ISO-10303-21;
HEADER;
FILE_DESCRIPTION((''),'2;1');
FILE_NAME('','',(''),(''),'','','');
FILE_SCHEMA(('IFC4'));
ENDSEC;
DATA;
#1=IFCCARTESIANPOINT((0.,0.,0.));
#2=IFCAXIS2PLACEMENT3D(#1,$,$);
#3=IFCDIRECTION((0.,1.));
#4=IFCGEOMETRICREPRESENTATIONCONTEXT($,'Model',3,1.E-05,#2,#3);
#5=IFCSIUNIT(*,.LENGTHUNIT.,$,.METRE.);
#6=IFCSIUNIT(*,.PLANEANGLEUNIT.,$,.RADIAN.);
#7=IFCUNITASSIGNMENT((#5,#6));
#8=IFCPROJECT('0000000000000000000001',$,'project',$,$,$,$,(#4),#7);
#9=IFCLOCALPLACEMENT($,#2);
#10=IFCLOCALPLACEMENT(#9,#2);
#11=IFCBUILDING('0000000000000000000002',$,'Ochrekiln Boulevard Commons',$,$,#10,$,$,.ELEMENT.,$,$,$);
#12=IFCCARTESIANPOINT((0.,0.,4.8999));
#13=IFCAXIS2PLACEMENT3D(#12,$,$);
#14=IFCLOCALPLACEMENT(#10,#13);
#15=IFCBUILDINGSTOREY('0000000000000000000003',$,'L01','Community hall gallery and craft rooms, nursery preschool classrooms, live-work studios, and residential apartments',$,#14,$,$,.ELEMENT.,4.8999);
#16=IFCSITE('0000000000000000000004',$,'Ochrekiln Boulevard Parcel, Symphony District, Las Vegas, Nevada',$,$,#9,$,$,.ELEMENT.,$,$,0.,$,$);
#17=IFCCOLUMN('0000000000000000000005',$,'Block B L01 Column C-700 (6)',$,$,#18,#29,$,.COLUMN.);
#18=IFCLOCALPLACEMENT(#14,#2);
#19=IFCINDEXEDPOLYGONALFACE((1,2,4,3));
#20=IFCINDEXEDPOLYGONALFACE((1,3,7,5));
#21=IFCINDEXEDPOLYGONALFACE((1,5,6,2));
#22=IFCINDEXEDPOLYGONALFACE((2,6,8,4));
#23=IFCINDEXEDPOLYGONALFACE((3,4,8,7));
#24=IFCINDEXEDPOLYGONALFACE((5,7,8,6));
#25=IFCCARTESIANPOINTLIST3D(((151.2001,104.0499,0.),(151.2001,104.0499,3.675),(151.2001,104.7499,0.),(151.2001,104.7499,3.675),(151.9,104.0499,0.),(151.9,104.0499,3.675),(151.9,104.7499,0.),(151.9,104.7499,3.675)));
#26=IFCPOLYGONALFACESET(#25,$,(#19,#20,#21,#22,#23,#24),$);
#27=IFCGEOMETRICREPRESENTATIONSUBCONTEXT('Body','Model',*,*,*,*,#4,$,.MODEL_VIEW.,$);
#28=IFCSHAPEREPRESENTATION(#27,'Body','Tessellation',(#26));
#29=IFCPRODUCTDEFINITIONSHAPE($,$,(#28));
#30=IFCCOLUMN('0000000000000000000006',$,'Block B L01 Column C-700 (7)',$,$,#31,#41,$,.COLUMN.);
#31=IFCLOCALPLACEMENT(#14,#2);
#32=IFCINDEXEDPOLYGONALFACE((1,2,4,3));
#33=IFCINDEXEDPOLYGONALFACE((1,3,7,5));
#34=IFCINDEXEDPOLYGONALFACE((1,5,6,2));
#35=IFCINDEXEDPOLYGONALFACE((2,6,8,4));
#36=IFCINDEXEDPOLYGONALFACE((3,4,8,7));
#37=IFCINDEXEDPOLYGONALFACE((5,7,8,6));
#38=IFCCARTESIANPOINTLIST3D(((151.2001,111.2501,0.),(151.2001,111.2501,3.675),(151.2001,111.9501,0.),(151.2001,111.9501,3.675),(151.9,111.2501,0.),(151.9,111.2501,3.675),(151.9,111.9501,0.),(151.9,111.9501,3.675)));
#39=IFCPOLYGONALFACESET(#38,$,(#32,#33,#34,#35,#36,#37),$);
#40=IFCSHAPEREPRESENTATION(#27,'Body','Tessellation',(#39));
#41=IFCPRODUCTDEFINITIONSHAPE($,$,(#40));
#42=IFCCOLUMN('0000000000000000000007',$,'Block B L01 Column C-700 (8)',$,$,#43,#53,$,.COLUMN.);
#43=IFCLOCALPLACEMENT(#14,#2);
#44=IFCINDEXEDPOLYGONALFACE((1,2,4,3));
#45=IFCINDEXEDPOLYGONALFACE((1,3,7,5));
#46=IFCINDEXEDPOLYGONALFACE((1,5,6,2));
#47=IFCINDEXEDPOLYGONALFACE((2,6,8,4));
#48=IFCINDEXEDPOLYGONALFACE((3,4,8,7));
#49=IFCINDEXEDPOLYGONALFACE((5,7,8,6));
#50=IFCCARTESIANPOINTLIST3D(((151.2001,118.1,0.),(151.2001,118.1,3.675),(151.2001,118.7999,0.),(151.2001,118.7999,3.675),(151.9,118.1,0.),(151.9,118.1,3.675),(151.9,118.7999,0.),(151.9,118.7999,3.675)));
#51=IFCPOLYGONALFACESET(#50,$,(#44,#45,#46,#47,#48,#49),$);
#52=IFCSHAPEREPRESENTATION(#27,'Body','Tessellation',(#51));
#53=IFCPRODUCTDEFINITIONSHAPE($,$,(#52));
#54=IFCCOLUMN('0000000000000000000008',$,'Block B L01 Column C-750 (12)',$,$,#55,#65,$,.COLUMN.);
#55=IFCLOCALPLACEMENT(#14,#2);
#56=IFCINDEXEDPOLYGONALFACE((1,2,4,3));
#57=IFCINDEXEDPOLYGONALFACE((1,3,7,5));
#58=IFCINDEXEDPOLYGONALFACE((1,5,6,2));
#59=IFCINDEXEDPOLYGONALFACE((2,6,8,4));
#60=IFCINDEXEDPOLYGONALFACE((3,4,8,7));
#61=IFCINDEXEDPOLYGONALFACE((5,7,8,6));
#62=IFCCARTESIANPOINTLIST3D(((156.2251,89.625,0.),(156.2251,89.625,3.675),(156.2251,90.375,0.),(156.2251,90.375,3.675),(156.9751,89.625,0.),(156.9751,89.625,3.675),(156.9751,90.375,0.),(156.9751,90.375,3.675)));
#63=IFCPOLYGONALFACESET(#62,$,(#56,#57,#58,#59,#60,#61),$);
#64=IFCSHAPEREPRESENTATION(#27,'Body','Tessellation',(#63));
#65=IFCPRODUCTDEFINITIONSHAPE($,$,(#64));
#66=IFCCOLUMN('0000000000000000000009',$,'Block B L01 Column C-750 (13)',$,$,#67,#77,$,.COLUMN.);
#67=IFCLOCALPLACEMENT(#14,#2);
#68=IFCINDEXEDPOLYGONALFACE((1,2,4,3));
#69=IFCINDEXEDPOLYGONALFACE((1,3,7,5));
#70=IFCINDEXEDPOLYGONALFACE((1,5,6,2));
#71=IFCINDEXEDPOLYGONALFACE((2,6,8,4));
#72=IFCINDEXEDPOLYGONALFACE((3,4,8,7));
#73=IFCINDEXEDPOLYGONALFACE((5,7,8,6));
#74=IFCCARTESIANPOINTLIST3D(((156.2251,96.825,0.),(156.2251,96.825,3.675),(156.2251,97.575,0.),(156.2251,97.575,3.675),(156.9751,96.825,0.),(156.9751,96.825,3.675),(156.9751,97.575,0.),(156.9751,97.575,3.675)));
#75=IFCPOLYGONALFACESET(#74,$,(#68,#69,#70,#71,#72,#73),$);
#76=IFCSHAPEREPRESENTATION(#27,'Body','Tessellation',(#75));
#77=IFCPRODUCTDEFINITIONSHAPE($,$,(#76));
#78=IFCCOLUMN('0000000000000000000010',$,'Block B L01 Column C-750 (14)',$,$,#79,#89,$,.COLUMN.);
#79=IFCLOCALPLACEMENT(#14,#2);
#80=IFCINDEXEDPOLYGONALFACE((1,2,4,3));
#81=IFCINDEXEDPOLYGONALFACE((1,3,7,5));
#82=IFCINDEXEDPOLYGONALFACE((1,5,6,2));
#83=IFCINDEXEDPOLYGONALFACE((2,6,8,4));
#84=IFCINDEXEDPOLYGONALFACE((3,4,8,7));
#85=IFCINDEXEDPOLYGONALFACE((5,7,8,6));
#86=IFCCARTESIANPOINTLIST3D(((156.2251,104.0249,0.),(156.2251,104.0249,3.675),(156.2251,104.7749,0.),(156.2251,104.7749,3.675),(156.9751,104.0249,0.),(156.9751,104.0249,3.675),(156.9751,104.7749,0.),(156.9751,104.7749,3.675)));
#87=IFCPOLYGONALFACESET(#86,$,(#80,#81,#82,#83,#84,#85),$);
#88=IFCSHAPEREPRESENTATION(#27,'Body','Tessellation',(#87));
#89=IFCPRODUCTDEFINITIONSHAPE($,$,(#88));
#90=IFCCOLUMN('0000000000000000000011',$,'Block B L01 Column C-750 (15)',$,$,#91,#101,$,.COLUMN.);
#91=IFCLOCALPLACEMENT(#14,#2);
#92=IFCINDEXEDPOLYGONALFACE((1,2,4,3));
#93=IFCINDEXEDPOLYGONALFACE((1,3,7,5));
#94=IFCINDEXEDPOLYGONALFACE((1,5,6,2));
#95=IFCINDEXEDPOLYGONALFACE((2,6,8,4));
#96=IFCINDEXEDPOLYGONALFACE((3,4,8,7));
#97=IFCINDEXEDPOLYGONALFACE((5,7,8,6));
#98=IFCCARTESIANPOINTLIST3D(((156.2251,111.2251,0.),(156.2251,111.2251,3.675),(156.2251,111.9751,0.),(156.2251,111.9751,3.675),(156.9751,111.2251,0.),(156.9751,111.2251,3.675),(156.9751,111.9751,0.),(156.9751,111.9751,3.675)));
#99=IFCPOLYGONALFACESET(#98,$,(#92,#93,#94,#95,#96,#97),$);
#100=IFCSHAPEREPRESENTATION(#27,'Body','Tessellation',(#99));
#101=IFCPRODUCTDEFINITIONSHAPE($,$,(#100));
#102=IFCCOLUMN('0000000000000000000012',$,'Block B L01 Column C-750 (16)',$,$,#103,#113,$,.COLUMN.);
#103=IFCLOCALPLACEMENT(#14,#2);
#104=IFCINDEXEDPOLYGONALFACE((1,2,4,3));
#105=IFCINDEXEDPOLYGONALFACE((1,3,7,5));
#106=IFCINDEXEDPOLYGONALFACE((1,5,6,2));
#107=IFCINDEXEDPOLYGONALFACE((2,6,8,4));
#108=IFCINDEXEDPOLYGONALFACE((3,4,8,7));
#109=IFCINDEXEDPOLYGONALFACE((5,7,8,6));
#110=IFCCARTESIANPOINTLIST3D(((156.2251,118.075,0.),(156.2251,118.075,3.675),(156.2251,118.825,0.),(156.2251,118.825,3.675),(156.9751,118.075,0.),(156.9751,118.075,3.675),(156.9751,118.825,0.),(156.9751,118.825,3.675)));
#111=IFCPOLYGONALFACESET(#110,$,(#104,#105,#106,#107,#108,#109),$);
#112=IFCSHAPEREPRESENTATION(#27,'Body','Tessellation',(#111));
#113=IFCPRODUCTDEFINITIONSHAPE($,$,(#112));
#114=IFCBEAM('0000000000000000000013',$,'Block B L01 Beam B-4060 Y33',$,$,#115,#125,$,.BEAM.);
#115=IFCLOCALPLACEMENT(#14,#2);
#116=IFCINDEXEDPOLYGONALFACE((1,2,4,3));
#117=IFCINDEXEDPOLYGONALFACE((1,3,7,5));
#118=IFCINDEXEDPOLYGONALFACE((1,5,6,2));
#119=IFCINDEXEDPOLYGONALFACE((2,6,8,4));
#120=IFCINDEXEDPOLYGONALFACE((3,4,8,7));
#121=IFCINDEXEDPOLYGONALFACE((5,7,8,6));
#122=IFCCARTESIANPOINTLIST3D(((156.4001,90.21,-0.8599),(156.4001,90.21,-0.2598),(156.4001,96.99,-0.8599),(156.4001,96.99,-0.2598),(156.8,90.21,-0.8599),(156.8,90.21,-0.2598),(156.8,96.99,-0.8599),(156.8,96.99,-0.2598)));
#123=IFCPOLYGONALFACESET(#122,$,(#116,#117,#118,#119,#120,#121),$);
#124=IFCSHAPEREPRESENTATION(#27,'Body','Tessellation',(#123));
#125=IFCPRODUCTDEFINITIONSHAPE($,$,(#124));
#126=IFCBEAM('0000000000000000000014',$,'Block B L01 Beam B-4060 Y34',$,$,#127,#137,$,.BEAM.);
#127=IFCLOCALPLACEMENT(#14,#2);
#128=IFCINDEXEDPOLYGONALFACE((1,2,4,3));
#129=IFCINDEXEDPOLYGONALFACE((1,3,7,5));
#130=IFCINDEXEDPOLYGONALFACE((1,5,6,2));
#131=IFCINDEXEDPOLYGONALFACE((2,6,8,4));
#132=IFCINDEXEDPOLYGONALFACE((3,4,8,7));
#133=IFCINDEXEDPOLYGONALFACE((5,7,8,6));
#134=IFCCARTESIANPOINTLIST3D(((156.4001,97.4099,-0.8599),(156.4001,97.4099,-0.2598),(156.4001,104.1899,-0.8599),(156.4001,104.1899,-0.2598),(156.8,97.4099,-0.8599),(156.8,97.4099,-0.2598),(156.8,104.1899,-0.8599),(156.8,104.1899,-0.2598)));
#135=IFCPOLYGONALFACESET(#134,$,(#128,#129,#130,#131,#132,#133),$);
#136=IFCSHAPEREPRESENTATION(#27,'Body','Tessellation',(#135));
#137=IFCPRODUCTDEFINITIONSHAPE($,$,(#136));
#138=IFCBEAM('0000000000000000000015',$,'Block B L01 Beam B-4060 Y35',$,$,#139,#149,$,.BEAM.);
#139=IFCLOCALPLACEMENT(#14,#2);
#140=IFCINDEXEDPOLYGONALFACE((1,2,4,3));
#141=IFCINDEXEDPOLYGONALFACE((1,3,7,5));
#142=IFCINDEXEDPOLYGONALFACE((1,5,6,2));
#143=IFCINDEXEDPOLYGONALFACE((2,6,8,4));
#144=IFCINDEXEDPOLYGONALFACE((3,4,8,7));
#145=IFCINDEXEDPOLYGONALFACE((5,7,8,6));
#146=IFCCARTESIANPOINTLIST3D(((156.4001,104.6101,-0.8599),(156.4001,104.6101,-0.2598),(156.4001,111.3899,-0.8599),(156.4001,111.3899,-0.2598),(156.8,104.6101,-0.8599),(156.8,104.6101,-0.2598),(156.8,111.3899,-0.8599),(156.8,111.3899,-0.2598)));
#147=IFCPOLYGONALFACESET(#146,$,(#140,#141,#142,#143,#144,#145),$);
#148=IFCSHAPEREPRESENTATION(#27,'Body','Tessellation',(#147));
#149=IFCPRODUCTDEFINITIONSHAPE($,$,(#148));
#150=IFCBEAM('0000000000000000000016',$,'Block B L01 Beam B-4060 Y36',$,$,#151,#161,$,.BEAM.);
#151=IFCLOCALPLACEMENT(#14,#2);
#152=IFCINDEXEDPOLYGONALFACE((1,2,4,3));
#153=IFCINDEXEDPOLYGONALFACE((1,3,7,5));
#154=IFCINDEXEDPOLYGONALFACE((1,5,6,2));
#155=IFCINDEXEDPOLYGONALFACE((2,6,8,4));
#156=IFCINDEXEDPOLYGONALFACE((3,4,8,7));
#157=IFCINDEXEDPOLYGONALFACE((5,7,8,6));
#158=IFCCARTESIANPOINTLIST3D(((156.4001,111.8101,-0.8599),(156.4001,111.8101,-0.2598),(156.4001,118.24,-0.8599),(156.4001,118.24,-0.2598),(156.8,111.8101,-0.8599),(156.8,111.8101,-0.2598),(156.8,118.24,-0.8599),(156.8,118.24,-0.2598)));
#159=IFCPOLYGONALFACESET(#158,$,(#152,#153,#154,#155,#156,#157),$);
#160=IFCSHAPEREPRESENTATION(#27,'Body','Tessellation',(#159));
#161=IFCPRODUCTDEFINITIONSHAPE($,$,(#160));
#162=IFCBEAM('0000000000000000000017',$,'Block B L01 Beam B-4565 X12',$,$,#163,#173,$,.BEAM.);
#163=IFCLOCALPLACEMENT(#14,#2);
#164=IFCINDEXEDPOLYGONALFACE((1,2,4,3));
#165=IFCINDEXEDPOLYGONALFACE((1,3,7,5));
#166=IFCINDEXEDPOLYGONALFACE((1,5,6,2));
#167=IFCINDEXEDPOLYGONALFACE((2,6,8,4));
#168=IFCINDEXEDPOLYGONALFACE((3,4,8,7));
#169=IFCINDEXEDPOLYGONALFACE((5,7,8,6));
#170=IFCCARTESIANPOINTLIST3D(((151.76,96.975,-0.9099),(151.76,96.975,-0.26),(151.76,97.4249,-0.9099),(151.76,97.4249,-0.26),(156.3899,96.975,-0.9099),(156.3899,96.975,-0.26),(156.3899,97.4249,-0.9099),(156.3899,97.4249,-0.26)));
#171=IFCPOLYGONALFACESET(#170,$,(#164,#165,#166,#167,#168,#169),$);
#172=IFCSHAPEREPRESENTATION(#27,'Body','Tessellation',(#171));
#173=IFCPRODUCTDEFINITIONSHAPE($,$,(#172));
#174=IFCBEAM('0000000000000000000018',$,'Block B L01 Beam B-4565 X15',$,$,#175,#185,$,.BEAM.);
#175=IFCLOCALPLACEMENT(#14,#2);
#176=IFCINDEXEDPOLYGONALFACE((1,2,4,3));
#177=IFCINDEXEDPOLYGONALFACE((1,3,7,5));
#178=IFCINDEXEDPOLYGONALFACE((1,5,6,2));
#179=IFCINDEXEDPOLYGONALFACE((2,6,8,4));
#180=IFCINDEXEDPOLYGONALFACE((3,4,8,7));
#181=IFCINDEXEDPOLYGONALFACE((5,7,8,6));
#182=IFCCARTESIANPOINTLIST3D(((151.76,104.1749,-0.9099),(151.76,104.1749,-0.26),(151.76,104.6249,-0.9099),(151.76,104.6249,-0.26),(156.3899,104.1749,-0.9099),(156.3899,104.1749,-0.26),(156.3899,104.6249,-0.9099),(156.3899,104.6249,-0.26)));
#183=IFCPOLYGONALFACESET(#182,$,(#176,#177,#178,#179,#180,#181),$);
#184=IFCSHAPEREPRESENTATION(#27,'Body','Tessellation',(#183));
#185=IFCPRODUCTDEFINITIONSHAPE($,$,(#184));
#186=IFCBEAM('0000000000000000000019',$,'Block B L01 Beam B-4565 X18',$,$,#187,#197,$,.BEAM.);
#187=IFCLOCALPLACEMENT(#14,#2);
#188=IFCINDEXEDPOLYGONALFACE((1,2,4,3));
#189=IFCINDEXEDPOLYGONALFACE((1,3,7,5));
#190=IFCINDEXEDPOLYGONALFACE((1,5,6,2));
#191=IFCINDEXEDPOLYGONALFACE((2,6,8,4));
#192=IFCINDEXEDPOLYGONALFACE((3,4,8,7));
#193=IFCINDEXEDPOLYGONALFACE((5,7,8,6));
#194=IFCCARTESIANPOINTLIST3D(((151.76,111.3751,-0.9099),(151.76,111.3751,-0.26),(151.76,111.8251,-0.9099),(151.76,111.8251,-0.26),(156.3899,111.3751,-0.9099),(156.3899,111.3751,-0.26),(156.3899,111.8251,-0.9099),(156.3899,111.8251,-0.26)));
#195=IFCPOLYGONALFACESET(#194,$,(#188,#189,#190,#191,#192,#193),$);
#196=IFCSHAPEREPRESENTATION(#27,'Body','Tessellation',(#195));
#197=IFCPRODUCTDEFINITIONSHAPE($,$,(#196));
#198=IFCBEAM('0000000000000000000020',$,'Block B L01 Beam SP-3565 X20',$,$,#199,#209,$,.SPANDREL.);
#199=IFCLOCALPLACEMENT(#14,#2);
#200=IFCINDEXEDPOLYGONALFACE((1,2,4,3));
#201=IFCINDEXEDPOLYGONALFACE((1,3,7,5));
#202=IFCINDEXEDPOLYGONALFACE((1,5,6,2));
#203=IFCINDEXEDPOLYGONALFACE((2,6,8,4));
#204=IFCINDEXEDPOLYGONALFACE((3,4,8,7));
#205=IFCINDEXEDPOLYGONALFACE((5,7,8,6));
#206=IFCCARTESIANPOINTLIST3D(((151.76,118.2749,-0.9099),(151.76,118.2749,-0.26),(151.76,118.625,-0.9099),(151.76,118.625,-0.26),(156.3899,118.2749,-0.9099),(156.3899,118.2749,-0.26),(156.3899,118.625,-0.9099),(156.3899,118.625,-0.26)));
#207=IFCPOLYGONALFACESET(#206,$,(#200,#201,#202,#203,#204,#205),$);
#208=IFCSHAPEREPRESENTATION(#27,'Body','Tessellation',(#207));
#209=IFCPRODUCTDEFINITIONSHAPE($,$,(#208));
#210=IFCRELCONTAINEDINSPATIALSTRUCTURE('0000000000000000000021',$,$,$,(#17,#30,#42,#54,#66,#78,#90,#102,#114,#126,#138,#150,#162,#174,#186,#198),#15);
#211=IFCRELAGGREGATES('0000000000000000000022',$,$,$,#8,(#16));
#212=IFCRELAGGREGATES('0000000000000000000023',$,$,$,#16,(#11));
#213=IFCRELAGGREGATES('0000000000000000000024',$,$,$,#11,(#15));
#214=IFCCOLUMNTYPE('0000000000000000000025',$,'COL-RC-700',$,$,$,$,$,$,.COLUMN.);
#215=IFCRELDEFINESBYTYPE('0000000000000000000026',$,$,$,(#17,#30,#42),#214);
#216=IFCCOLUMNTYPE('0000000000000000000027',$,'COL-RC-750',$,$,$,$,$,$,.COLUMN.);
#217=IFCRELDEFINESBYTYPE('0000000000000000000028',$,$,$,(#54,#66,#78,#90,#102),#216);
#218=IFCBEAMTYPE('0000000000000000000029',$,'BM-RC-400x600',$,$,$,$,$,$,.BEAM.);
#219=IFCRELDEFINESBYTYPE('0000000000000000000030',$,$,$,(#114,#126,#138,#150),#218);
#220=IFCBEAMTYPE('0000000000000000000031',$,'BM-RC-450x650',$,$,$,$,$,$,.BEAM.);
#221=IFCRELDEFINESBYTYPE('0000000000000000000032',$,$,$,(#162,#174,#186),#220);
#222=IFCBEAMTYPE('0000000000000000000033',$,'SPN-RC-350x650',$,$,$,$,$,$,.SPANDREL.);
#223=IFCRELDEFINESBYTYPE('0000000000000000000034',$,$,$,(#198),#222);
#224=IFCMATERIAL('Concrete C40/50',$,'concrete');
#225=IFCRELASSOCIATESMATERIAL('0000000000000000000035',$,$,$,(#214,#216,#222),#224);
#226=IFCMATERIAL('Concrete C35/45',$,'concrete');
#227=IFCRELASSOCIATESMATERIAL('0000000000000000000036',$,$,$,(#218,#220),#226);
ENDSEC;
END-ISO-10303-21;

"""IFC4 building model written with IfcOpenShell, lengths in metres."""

from ifc_helpers import new_model, si_unit, direction, frame, origin, origin_2d, place, context, subcontext, project, spatial, rectangle, extrude, material, material_profile, profile_set, type_object, element, save


model = new_model("IFC4")

# Units and contexts
model_context = context("Model", 3, precision=1e-05, world=origin(), true_north=direction((0.0, 1.0)))
body_context = subcontext(model_context, "Body", "Model", "MODEL_VIEW")
ifc_project = project(units=[si_unit("LENGTHUNIT", "METRE"), si_unit("PLANEANGLEUNIT", "RADIAN")], contexts=[model_context])

# Site, building, storey
site_placement = place(None, origin())
site = spatial("IfcSite", under=ifc_project, at=site_placement, Name="Ochrekiln Boulevard Parcel, Symphony District, Las Vegas, Nevada", CompositionType="ELEMENT", RefElevation=0.0)
building_placement = place(site_placement, origin())
building = spatial("IfcBuilding", under=site, at=building_placement, Name="Ochrekiln Boulevard Commons", CompositionType="ELEMENT")
storey_placement = place(building_placement, frame((0.0, 0.0, 4.8999)))
storey = spatial("IfcBuildingStorey", under=building, at=storey_placement, Name="L01", Description="Community hall gallery and craft rooms, nursery preschool classrooms, live-work studios, and residential apartments", CompositionType="ELEMENT", Elevation=4.8999)

# Columns
ifc_material_1 = material(Name="Concrete C40/50", Category="concrete")
ifc_material_profile_1 = material_profile(ifc_material_1, rectangle(XDim=0.7, YDim=0.7, at=origin_2d()), Name="RC-COL-700x700")
ifc_profile_set_1 = profile_set([ifc_material_profile_1], Name="Concrete C40/50")
column_type_1 = type_object("IfcColumnType", Name="COL-RC-700", PredefinedType="COLUMN", material=ifc_profile_set_1)
for number, where, z_axis, x_axis, name in (
    (1, (151.55, 104.3999, 0.0), (0.0, 0.0, 1.0), (1.0, 0.0, 0.0), "Block B L01 Column C-700 (6)"),
    (2, (151.55, 111.6001, 0.0), (0.0, 0.0, 1.0), (1.0, 0.0, 0.0), "Block B L01 Column C-700 (7)"),
    (3, (151.55, 118.45, 0.0), (0.0, 0.0, 1.0), (1.0, 0.0, 0.0), "Block B L01 Column C-700 (8)"),
):
    element("IfcColumn", number, at=place(storey_placement, frame(where, z_axis=z_axis, x_axis=x_axis)), inside=storey, type_object=column_type_1, Name=name, PredefinedType="COLUMN", context=body_context, shape_type="SweptSolid", body=[
        extrude(rectangle(XDim=0.7, YDim=0.7, at=origin_2d()), origin(), (0.0, 0.0, 1.0), 3.675),
    ])
ifc_material_profile_2 = material_profile(ifc_material_1, rectangle(XDim=0.75, YDim=0.75, at=origin_2d()), Name="RC-COL-750x750")
ifc_profile_set_2 = profile_set([ifc_material_profile_2], Name="Concrete C40/50")
column_type_2 = type_object("IfcColumnType", Name="COL-RC-750", PredefinedType="COLUMN", material=ifc_profile_set_2)
for number, where, z_axis, x_axis, name in (
    (4, (156.6001, 90.0, 0.0), (0.0, 0.0, 1.0), (1.0, 0.0, 0.0), "Block B L01 Column C-750 (12)"),
    (5, (156.6001, 97.2, 0.0), (0.0, 0.0, 1.0), (1.0, 0.0, 0.0), "Block B L01 Column C-750 (13)"),
    (6, (156.6001, 104.3999, 0.0), (0.0, 0.0, 1.0), (1.0, 0.0, 0.0), "Block B L01 Column C-750 (14)"),
    (7, (156.6001, 111.6001, 0.0), (0.0, 0.0, 1.0), (1.0, 0.0, 0.0), "Block B L01 Column C-750 (15)"),
    (8, (156.6001, 118.45, 0.0), (0.0, 0.0, 1.0), (1.0, 0.0, 0.0), "Block B L01 Column C-750 (16)"),
):
    element("IfcColumn", number, at=place(storey_placement, frame(where, z_axis=z_axis, x_axis=x_axis)), inside=storey, type_object=column_type_2, Name=name, PredefinedType="COLUMN", context=body_context, shape_type="SweptSolid", body=[
        extrude(rectangle(XDim=0.75, YDim=0.75, at=origin_2d()), origin(), (0.0, 0.0, 1.0), 3.675),
    ])

# Beams
ifc_material_2 = material(Name="Concrete C35/45", Category="concrete")
ifc_material_profile_3 = material_profile(ifc_material_2, rectangle(XDim=0.3999, YDim=0.6001, at=origin_2d()), Name="RC-BM-400x600")
ifc_profile_set_3 = profile_set([ifc_material_profile_3], Name="Concrete C35/45")
beam_type_1 = type_object("IfcBeamType", Name="BM-RC-400x600", PredefinedType="BEAM", material=ifc_profile_set_3)
for number, where, z_axis, x_axis, name in (
    (9, (156.6001, 90.21, -0.5598), (0.0, 1.0, 0.0), (-1.0, 0.0, 0.0), "Block B L01 Beam B-4060 Y33"),
    (10, (156.6001, 97.4099, -0.5598), (0.0, 1.0, 0.0), (-1.0, 0.0, 0.0), "Block B L01 Beam B-4060 Y34"),
):
    element("IfcBeam", number, at=place(storey_placement, frame(where, z_axis=z_axis, x_axis=x_axis)), inside=storey, type_object=beam_type_1, Name=name, PredefinedType="BEAM", context=body_context, shape_type="SweptSolid", body=[
        extrude(rectangle(XDim=0.3999, YDim=0.6001, at=origin_2d()), origin(), (0.0, 0.0, 1.0), 6.78),
    ])
beam_1_placement = place(storey_placement, frame((156.6001, 104.6101, -0.5598), z_axis=(0.0, 1.0, 0.0), x_axis=(-1.0, 0.0, 0.0)))
element("IfcBeam", 11, at=beam_1_placement, inside=storey, type_object=beam_type_1, Name="Block B L01 Beam B-4060 Y35", PredefinedType="BEAM", context=body_context, shape_type="SweptSolid", body=[
    extrude(rectangle(XDim=0.3999, YDim=0.6001, at=origin_2d()), origin(), (0.0, 0.0, 1.0), 6.7798),
])
beam_2_placement = place(storey_placement, frame((156.6001, 111.8101, -0.5598), z_axis=(0.0, 1.0, 0.0), x_axis=(-1.0, 0.0, 0.0)))
element("IfcBeam", 12, at=beam_2_placement, inside=storey, type_object=beam_type_1, Name="Block B L01 Beam B-4060 Y36", PredefinedType="BEAM", context=body_context, shape_type="SweptSolid", body=[
    extrude(rectangle(XDim=0.3999, YDim=0.6001, at=origin_2d()), origin(), (0.0, 0.0, 1.0), 6.4299),
])
ifc_material_profile_4 = material_profile(ifc_material_2, rectangle(XDim=0.45, YDim=0.6499, at=origin_2d()), Name="RC-BM-450x650")
ifc_profile_set_4 = profile_set([ifc_material_profile_4], Name="Concrete C35/45")
beam_type_2 = type_object("IfcBeamType", Name="BM-RC-450x650", PredefinedType="BEAM", material=ifc_profile_set_4)
for number, where, z_axis, x_axis, name in (
    (13, (151.76, 97.2, -0.585), (1.0, 0.0, 0.0), (0.0, 1.0, 0.0), "Block B L01 Beam B-4565 X12"),
    (14, (151.76, 104.3999, -0.585), (1.0, 0.0, 0.0), (0.0, 1.0, 0.0), "Block B L01 Beam B-4565 X15"),
    (15, (151.76, 111.6001, -0.585), (1.0, 0.0, 0.0), (0.0, 1.0, 0.0), "Block B L01 Beam B-4565 X18"),
):
    element("IfcBeam", number, at=place(storey_placement, frame(where, z_axis=z_axis, x_axis=x_axis)), inside=storey, type_object=beam_type_2, Name=name, PredefinedType="BEAM", context=body_context, shape_type="SweptSolid", body=[
        extrude(rectangle(XDim=0.45, YDim=0.6499, at=origin_2d()), origin(), (0.0, 0.0, 1.0), 4.6299),
    ])
ifc_material_profile_5 = material_profile(ifc_material_1, rectangle(XDim=0.3501, YDim=0.6499, at=origin_2d()), Name="RC-SPN-350x650")
ifc_profile_set_5 = profile_set([ifc_material_profile_5], Name="Concrete C40/50")
beam_type_3 = type_object("IfcBeamType", Name="SPN-RC-350x650", PredefinedType="SPANDREL", material=ifc_profile_set_5)
beam_3_placement = place(storey_placement, frame((151.76, 118.45, -0.585), z_axis=(1.0, 0.0, 0.0), x_axis=(0.0, 1.0, 0.0)))
element("IfcBeam", 16, at=beam_3_placement, inside=storey, type_object=beam_type_3, Name="Block B L01 Beam SP-3565 X20", PredefinedType="SPANDREL", context=body_context, shape_type="SweptSolid", body=[
    extrude(rectangle(XDim=0.3501, YDim=0.6499, at=origin_2d()), origin(), (0.0, 0.0, 1.0), 4.6299),
])

save(model, "model.ifc")
